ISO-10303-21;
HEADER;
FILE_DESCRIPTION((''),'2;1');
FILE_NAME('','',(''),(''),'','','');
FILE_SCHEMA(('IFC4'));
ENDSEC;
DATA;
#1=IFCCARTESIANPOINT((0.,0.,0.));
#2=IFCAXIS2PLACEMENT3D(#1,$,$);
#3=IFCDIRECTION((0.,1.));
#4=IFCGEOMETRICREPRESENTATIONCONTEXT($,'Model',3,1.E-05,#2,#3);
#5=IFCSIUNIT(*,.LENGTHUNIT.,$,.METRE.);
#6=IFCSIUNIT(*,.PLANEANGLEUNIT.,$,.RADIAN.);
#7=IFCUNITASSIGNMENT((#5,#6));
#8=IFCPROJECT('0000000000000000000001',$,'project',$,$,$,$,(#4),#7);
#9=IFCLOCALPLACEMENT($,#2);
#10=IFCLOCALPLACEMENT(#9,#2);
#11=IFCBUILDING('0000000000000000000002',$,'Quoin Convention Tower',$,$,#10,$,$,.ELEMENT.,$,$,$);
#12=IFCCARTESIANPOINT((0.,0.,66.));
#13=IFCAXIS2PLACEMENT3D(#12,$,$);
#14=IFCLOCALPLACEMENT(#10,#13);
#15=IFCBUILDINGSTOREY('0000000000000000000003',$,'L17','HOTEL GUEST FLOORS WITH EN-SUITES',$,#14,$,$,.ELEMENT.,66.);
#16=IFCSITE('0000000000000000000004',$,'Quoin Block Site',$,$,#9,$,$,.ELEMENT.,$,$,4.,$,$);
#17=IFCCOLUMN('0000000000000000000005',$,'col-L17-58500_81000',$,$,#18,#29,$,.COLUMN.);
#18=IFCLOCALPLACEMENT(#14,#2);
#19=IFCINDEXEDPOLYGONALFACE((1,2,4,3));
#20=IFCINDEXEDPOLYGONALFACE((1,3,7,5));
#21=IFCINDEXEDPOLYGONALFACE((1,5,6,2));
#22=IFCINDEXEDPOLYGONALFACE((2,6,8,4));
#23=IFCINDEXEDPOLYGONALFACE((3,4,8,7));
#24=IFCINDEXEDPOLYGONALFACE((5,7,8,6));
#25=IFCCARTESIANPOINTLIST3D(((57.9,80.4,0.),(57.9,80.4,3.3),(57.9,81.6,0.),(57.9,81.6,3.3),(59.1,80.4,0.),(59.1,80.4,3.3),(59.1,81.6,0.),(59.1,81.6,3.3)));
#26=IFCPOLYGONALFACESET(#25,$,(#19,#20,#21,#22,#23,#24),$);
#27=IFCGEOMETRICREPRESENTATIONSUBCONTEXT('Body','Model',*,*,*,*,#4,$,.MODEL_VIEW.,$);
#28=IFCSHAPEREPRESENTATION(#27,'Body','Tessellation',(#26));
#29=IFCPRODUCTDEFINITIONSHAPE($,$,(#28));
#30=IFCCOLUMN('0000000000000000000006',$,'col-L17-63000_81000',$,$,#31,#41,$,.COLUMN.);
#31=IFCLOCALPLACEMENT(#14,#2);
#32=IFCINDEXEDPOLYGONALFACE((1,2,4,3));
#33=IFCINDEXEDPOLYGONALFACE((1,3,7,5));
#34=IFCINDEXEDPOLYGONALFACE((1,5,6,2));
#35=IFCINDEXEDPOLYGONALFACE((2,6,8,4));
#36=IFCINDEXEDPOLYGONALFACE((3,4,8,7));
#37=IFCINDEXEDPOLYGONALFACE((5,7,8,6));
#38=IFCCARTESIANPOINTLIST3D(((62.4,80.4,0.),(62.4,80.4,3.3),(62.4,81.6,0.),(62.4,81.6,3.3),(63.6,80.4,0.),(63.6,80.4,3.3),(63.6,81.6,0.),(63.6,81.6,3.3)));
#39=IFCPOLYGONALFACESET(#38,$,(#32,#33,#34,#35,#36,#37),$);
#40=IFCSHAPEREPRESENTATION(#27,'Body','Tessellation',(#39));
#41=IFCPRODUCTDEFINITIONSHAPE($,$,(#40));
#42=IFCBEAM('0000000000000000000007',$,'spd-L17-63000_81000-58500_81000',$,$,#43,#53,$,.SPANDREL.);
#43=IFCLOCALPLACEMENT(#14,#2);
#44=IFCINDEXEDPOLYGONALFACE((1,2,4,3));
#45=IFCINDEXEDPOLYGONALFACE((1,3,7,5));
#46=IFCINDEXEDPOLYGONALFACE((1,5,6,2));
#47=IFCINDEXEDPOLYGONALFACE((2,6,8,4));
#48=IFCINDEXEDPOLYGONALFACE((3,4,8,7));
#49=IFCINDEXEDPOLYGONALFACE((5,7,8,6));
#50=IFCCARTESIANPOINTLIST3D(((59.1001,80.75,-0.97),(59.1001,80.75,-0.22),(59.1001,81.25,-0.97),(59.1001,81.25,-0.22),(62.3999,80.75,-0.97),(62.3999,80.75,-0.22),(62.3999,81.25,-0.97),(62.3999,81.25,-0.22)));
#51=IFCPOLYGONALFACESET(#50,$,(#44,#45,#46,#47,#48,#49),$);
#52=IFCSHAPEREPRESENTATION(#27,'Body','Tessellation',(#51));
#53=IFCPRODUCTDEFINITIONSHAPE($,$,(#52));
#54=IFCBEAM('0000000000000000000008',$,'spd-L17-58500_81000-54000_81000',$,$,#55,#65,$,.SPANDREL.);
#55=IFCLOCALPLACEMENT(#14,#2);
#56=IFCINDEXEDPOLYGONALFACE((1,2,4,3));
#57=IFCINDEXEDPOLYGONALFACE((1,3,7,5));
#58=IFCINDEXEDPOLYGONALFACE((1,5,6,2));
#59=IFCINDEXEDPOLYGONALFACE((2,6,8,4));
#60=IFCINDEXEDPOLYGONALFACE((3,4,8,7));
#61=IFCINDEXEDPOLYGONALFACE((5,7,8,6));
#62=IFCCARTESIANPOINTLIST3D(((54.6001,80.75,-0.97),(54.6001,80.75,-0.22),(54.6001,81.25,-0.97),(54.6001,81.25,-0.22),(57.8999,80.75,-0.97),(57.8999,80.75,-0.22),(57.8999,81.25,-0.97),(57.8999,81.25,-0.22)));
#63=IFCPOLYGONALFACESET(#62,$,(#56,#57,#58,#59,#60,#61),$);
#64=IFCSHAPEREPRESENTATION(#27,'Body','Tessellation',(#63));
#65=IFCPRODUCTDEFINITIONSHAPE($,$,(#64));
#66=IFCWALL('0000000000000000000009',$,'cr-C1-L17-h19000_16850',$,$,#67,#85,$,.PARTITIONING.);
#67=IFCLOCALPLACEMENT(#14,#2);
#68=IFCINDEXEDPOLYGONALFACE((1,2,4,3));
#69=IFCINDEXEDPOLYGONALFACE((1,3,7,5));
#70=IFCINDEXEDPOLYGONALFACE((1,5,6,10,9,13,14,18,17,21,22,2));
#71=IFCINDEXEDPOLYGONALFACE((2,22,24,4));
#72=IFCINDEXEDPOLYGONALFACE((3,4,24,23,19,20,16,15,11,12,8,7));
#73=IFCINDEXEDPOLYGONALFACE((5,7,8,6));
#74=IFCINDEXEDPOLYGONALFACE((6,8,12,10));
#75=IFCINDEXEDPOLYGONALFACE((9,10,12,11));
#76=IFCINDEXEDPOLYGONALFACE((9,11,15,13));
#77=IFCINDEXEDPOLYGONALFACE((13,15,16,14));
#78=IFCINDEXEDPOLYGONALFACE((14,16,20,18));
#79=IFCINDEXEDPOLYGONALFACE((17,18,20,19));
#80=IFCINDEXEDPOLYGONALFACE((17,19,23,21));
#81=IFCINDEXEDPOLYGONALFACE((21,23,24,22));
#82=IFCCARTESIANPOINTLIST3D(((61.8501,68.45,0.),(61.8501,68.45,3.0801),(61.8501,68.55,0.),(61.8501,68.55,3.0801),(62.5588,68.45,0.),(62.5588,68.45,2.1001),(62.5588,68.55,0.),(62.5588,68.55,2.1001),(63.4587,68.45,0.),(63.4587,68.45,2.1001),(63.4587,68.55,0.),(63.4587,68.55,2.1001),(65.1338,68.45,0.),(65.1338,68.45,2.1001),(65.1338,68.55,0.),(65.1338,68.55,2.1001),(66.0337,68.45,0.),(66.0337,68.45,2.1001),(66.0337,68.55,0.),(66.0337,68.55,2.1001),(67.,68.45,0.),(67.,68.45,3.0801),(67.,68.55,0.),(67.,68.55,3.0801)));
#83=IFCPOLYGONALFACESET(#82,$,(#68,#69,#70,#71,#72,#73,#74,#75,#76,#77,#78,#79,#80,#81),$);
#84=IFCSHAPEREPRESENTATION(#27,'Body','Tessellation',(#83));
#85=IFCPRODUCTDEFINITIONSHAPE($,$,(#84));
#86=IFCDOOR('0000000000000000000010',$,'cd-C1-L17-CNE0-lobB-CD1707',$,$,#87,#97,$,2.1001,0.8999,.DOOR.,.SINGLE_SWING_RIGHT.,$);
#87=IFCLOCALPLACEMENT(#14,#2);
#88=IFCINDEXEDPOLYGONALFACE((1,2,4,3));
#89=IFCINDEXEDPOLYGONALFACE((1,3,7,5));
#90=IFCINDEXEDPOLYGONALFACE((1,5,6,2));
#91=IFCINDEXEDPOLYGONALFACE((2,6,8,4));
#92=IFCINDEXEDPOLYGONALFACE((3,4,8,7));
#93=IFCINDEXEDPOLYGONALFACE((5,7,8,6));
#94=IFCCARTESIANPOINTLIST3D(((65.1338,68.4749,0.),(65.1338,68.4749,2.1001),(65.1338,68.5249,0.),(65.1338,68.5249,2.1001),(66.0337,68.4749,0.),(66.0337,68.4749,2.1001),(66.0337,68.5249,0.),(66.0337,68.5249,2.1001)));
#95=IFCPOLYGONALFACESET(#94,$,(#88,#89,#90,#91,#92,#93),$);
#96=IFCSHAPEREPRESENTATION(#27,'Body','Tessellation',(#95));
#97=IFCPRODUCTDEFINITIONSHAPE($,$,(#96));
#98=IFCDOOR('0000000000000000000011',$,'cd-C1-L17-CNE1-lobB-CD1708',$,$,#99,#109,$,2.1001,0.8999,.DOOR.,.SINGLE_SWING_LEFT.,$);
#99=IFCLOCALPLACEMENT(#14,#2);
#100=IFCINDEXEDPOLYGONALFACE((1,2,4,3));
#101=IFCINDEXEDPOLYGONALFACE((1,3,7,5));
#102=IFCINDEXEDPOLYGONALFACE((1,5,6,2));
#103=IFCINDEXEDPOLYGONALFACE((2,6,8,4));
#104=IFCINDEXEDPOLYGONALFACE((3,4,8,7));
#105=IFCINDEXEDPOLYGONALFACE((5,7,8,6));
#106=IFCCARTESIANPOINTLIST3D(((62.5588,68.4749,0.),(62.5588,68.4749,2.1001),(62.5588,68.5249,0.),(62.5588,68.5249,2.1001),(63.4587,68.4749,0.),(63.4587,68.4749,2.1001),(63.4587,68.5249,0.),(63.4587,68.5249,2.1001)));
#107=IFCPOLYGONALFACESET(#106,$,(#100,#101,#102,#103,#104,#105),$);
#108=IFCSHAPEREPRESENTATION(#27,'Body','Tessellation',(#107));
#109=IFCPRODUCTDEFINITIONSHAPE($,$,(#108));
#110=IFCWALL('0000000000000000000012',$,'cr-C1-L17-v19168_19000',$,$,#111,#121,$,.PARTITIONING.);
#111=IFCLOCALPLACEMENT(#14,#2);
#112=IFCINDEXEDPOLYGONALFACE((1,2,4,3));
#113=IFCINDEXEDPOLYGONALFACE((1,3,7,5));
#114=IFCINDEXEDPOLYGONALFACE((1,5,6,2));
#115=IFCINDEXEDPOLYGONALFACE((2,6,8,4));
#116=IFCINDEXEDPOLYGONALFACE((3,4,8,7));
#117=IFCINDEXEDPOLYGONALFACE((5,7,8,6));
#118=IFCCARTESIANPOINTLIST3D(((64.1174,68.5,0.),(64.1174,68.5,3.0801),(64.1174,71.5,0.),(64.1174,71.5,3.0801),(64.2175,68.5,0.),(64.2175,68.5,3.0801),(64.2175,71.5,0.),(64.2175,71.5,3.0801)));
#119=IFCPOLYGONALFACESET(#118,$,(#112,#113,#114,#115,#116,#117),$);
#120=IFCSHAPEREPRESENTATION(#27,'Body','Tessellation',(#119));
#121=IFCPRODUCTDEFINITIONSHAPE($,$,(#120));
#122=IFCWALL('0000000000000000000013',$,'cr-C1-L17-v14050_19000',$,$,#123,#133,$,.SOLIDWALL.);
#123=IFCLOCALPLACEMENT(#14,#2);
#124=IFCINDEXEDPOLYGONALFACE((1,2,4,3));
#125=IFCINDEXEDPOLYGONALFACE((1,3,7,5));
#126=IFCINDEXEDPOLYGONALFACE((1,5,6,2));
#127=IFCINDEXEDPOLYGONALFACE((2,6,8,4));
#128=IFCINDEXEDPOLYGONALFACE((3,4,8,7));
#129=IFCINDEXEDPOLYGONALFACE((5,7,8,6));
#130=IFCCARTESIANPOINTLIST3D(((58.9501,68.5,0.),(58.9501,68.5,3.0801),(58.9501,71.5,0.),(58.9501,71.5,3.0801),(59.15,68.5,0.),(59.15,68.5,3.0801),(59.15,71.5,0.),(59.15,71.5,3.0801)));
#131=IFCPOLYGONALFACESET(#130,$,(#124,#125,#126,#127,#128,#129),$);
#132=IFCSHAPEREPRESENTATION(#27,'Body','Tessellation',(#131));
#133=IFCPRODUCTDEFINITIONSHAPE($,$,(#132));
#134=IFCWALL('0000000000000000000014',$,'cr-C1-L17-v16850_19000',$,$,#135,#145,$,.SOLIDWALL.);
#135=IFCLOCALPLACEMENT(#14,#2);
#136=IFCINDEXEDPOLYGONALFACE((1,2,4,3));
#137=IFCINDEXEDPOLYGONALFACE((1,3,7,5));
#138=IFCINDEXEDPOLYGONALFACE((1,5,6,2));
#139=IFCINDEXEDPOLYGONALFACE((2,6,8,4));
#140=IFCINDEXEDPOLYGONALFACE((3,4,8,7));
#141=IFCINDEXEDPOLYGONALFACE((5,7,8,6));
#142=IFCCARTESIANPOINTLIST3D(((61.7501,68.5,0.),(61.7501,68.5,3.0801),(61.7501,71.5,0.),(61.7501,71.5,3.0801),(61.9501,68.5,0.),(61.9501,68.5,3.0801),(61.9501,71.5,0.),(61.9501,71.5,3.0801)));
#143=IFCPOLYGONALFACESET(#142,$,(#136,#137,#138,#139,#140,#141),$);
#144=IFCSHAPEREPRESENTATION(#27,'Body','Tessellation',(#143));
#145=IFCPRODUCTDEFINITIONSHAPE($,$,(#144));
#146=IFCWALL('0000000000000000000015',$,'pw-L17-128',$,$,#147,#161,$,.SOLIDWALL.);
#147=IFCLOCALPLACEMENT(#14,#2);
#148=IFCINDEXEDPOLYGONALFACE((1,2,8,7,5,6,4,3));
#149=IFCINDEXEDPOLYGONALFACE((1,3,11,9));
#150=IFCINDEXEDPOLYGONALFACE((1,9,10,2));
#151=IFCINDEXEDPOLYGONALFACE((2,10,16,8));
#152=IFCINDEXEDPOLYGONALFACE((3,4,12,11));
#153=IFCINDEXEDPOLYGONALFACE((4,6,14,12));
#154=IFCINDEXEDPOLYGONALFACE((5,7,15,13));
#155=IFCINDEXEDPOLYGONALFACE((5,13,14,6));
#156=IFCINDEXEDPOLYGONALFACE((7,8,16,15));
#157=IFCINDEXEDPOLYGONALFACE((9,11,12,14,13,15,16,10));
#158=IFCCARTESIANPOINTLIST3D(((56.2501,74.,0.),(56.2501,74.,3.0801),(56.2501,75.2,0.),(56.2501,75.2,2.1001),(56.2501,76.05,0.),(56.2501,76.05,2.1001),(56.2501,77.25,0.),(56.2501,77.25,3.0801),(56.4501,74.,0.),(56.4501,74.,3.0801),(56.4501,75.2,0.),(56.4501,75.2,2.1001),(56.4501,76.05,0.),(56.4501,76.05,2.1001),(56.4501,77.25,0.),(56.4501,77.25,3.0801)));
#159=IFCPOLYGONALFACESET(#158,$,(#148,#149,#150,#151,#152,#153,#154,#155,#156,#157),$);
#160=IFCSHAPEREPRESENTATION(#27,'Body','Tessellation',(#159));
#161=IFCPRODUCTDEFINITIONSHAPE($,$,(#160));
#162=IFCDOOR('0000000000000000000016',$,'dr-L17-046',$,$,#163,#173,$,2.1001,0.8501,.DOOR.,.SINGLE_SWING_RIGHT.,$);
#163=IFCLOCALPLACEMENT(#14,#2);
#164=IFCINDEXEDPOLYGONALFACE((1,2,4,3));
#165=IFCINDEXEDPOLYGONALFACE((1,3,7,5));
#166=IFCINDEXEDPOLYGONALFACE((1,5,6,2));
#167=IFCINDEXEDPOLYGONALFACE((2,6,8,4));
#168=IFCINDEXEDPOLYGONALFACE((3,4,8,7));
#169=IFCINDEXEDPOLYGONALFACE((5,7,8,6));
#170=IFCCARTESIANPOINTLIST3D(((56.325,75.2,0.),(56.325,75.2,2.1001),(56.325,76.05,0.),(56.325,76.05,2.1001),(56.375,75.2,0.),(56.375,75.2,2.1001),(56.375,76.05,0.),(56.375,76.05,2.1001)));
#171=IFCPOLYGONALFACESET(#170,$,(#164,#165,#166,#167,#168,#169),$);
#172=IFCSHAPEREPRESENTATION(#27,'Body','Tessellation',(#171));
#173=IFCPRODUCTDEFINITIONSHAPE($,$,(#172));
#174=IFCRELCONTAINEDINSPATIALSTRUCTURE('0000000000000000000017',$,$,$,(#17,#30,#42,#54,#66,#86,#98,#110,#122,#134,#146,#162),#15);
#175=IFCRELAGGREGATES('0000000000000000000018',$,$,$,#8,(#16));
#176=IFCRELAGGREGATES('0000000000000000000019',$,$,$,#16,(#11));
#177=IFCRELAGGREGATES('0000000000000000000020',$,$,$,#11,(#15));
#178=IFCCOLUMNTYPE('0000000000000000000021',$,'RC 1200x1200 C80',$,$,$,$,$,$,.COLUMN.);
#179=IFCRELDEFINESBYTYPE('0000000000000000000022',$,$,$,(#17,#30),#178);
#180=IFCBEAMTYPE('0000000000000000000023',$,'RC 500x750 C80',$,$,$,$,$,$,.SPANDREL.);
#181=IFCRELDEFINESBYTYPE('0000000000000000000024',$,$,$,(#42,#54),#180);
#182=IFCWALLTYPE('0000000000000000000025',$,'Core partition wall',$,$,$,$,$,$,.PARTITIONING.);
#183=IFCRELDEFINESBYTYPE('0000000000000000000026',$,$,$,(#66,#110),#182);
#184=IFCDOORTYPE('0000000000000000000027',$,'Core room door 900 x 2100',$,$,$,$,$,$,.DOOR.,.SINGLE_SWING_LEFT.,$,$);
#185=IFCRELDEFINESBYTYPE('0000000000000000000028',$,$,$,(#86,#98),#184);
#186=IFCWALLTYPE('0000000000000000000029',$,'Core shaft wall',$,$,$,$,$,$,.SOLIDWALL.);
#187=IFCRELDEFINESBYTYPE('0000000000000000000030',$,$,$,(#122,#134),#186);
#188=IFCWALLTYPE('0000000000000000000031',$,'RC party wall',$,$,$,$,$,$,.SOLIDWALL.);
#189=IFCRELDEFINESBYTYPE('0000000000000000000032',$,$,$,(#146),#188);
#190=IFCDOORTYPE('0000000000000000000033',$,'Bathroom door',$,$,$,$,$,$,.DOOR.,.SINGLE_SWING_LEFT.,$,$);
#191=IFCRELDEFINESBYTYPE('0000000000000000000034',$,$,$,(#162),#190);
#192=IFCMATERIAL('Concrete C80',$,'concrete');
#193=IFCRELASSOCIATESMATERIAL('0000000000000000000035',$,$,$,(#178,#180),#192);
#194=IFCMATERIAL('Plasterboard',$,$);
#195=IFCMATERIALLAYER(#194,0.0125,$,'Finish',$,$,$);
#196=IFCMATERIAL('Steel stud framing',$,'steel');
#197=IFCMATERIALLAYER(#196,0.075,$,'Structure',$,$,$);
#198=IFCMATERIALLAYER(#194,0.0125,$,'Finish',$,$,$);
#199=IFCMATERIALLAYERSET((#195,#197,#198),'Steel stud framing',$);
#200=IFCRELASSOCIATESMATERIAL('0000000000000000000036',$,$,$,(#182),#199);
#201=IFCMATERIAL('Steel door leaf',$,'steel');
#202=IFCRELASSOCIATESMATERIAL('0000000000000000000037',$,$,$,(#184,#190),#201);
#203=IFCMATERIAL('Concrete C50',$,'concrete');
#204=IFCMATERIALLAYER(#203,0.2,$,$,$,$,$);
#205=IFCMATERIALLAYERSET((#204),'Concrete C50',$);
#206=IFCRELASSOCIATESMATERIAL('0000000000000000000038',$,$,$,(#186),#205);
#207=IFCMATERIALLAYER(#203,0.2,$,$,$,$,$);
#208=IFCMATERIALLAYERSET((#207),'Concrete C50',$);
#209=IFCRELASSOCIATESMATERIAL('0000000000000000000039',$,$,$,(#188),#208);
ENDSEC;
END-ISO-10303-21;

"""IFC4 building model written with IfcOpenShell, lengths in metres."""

from ifc_helpers import new_model, si_unit, direction, frame, frame_2d, origin, origin_2d, place, context, subcontext, project, spatial, rectangle, extrude, material, layer, layer_set, material_profile, profile_set, type_object, element, fill, save


model = new_model("IFC4")

# Units and contexts
model_context = context("Model", 3, precision=1e-05, world=origin(), true_north=direction((0.0, 1.0)))
body_context = subcontext(model_context, "Body", "Model", "MODEL_VIEW")
ifc_project = project(units=[si_unit("LENGTHUNIT", "METRE"), si_unit("PLANEANGLEUNIT", "RADIAN")], contexts=[model_context])

# Site, building, storey
site_placement = place(None, origin())
site = spatial("IfcSite", under=ifc_project, at=site_placement, Name="Quoin Block Site", CompositionType="ELEMENT", RefElevation=4.0)
building_placement = place(site_placement, origin())
building = spatial("IfcBuilding", under=site, at=building_placement, Name="Quoin Convention Tower", CompositionType="ELEMENT")
storey_placement = place(building_placement, frame((0.0, 0.0, 66.0)))
storey = spatial("IfcBuildingStorey", under=building, at=storey_placement, Name="L17", Description="HOTEL GUEST FLOORS WITH EN-SUITES", CompositionType="ELEMENT", Elevation=66.0)

# Columns
ifc_material_1 = material(Name="Concrete C80", Category="concrete")
ifc_material_profile_1 = material_profile(ifc_material_1, rectangle(XDim=1.2, YDim=1.2, at=origin_2d()), Name="RC 1200x1200")
ifc_profile_set_1 = profile_set([ifc_material_profile_1], Name="Concrete C80")
column_type = type_object("IfcColumnType", Name="RC 1200x1200 C80", PredefinedType="COLUMN", material=ifc_profile_set_1)
for number, where, z_axis, x_axis, name in (
    (1, (58.5, 81.0, 0.0), (0.0, 0.0, 1.0), (1.0, 0.0, 0.0), "col-L17-58500_81000"),
    (2, (63.0, 81.0, 0.0), (0.0, 0.0, 1.0), (1.0, 0.0, 0.0), "col-L17-63000_81000"),
):
    element("IfcColumn", number, at=place(storey_placement, frame(where, z_axis=z_axis, x_axis=x_axis)), inside=storey, type_object=column_type, Name=name, PredefinedType="COLUMN", context=body_context, shape_type="SweptSolid", body=[
        extrude(rectangle(XDim=1.2, YDim=1.2, at=origin_2d()), origin(), (0.0, 0.0, 1.0), 3.3),
    ])

# Beams
ifc_material_profile_2 = material_profile(ifc_material_1, rectangle(XDim=0.5, YDim=0.75, at=origin_2d()), Name="RC 500x750")
ifc_profile_set_2 = profile_set([ifc_material_profile_2], Name="Concrete C80")
beam_type = type_object("IfcBeamType", Name="RC 500x750 C80", PredefinedType="SPANDREL", material=ifc_profile_set_2)
for number, where, z_axis, x_axis, name in (
    (3, (62.3999, 81.0, -0.595), (-1.0, 0.0, 0.0), (0.0, -1.0, 0.0), "spd-L17-63000_81000-58500_81000"),
    (4, (57.8999, 81.0, -0.595), (-1.0, 0.0, 0.0), (0.0, -1.0, 0.0), "spd-L17-58500_81000-54000_81000"),
):
    element("IfcBeam", number, at=place(storey_placement, frame(where, z_axis=z_axis, x_axis=x_axis)), inside=storey, type_object=beam_type, Name=name, PredefinedType="SPANDREL", context=body_context, shape_type="SweptSolid", body=[
        extrude(rectangle(XDim=0.5, YDim=0.75, at=origin_2d()), origin(), (0.0, 0.0, 1.0), 3.2998),
    ])

# Wall, openings, doors
ifc_material_2 = material(Name="Plasterboard")
ifc_layer_1 = layer(ifc_material_2, 0.0125, Name="Finish")
ifc_material_3 = material(Name="Steel stud framing", Category="steel")
ifc_layer_2 = layer(ifc_material_3, 0.075, Name="Structure")
ifc_layer_3 = layer(ifc_material_2, 0.0125, Name="Finish")
ifc_layer_set_1 = layer_set([ifc_layer_1, ifc_layer_2, ifc_layer_3], Name="Steel stud framing")
wall_type_1 = type_object("IfcWallType", Name="Core partition wall", PredefinedType="PARTITIONING", material=ifc_layer_set_1)
wall_1_placement = place(storey_placement, frame((61.8501, 68.5, 0.0), z_axis=(0.0, 0.0, 1.0), x_axis=(1.0, 0.0, 0.0)))
wall_1 = element("IfcWall", 5, at=wall_1_placement, inside=storey, type_object=wall_type_1, Name="cr-C1-L17-h19000_16850", PredefinedType="PARTITIONING", context=body_context, shape_type="SweptSolid", body=[
    extrude(rectangle(XDim=5.1499, YDim=0.1001, at=frame_2d((2.575, 0.0))), origin(), (0.0, 0.0, 1.0), 3.0801),
])
opening_1_placement = place(wall_1_placement, frame((3.2837, 0.0, 0.0)))
opening_1 = element("IfcOpeningElement", 6, at=opening_1_placement, cuts=wall_1, PredefinedType="OPENING", context=body_context, shape_type="SweptSolid", body=[
    extrude(rectangle(XDim=0.8999, YDim=2.1001, at=frame_2d((0.45, 1.05))), frame((0.0, 0.0601, 0.0), z_axis=(0.0, -1.0, 0.0), x_axis=(1.0, 0.0, 0.0)), (0.0, 0.0, 1.0), 0.1201),
])
opening_2_placement = place(wall_1_placement, frame((0.7087, 0.0, 0.0)))
opening_2 = element("IfcOpeningElement", 7, at=opening_2_placement, cuts=wall_1, PredefinedType="OPENING", context=body_context, shape_type="SweptSolid", body=[
    extrude(rectangle(XDim=0.8999, YDim=2.1001, at=frame_2d((0.45, 1.05))), frame((0.0, 0.0601, 0.0), z_axis=(0.0, -1.0, 0.0), x_axis=(1.0, 0.0, 0.0)), (0.0, 0.0, 1.0), 0.1201),
])
ifc_material_4 = material(Name="Steel door leaf", Category="steel")
door_type_1 = type_object("IfcDoorType", Name="Core room door 900 x 2100", OperationType="SINGLE_SWING_LEFT", PredefinedType="DOOR", material=ifc_material_4)
door_1_placement = place(opening_1_placement, origin())
door_1 = element("IfcDoor", 8, at=door_1_placement, inside=storey, type_object=door_type_1, Name="cd-C1-L17-CNE0-lobB-CD1707", OperationType="SINGLE_SWING_RIGHT", OverallHeight=2.1001, OverallWidth=0.8999, PredefinedType="DOOR", context=body_context, shape_type="SweptSolid", body=[
    extrude(rectangle(XDim=0.8999, YDim=2.1001, at=frame_2d((0.45, 1.05))), frame((0.0, 0.0249, 0.0), z_axis=(0.0, -1.0, 0.0), x_axis=(1.0, 0.0, 0.0)), (0.0, 0.0, 1.0), 0.05),
])
fill(opening_1, door_1)
door_2_placement = place(opening_2_placement, origin())
door_2 = element("IfcDoor", 9, at=door_2_placement, inside=storey, type_object=door_type_1, Name="cd-C1-L17-CNE1-lobB-CD1708", OperationType="SINGLE_SWING_LEFT", OverallHeight=2.1001, OverallWidth=0.8999, PredefinedType="DOOR", context=body_context, shape_type="SweptSolid", body=[
    extrude(rectangle(XDim=0.8999, YDim=2.1001, at=frame_2d((0.45, 1.05))), frame((0.0, 0.0249, 0.0), z_axis=(0.0, -1.0, 0.0), x_axis=(1.0, 0.0, 0.0)), (0.0, 0.0, 1.0), 0.05),
])
fill(opening_2, door_2)

# Walls
wall_2_placement = place(storey_placement, frame((64.1675, 68.5, 0.0), z_axis=(0.0, 0.0, 1.0), x_axis=(0.0, 1.0, 0.0)))
element("IfcWall", 10, at=wall_2_placement, inside=storey, type_object=wall_type_1, Name="cr-C1-L17-v19168_19000", PredefinedType="PARTITIONING", context=body_context, shape_type="SweptSolid", body=[
    extrude(rectangle(XDim=3.0, YDim=0.1001, at=frame_2d((1.5, 0.0))), origin(), (0.0, 0.0, 1.0), 3.0801),
])
ifc_material_5 = material(Name="Concrete C50", Category="concrete")
ifc_layer_4 = layer(ifc_material_5, 0.2)
ifc_layer_set_2 = layer_set([ifc_layer_4], Name="Concrete C50")
wall_type_2 = type_object("IfcWallType", Name="Core shaft wall", PredefinedType="SOLIDWALL", material=ifc_layer_set_2)
for number, where, z_axis, x_axis, name in (
    (11, (59.05, 68.5, 0.0), (0.0, 0.0, 1.0), (0.0, 1.0, 0.0), "cr-C1-L17-v14050_19000"),
    (12, (61.8501, 68.5, 0.0), (0.0, 0.0, 1.0), (0.0, 1.0, 0.0), "cr-C1-L17-v16850_19000"),
):
    element("IfcWall", number, at=place(storey_placement, frame(where, z_axis=z_axis, x_axis=x_axis)), inside=storey, type_object=wall_type_2, Name=name, PredefinedType="SOLIDWALL", context=body_context, shape_type="SweptSolid", body=[
        extrude(rectangle(XDim=3.0, YDim=0.2, at=frame_2d((1.5, 0.0))), origin(), (0.0, 0.0, 1.0), 3.0801),
    ])

# Wall, opening, door
ifc_layer_5 = layer(ifc_material_5, 0.2)
ifc_layer_set_3 = layer_set([ifc_layer_5], Name="Concrete C50")
wall_type_3 = type_object("IfcWallType", Name="RC party wall", PredefinedType="SOLIDWALL", material=ifc_layer_set_3)
wall_3_placement = place(storey_placement, frame((56.3501, 74.0, 0.0), z_axis=(0.0, 0.0, 1.0), x_axis=(0.0, 1.0, 0.0)))
wall_3 = element("IfcWall", 13, at=wall_3_placement, inside=storey, type_object=wall_type_3, Name="pw-L17-128", PredefinedType="SOLIDWALL", context=body_context, shape_type="SweptSolid", body=[
    extrude(rectangle(XDim=3.25, YDim=0.2, at=frame_2d((1.625, 0.0))), origin(), (0.0, 0.0, 1.0), 3.0801),
])
opening_3_placement = place(wall_3_placement, frame((1.2, 0.0, 0.0)))
opening_3 = element("IfcOpeningElement", 14, at=opening_3_placement, cuts=wall_3, PredefinedType="OPENING", context=body_context, shape_type="SweptSolid", body=[
    extrude(rectangle(XDim=0.8501, YDim=2.1001, at=frame_2d((0.425, 1.05))), frame((0.0, 0.1099, 0.0), z_axis=(0.0, -1.0, 0.0), x_axis=(1.0, 0.0, 0.0)), (0.0, 0.0, 1.0), 0.22),
])
door_type_2 = type_object("IfcDoorType", Name="Bathroom door", OperationType="SINGLE_SWING_LEFT", PredefinedType="DOOR", material=ifc_material_4)
door_3_placement = place(opening_3_placement, frame((0.8501, 0.0, 0.0), z_axis=(0.0, 0.0, 1.0), x_axis=(-1.0, 0.0, 0.0)))
door_3 = element("IfcDoor", 15, at=door_3_placement, inside=storey, type_object=door_type_2, Name="dr-L17-046", OperationType="SINGLE_SWING_RIGHT", OverallHeight=2.1001, OverallWidth=0.8501, PredefinedType="DOOR", context=body_context, shape_type="SweptSolid", body=[
    extrude(rectangle(XDim=0.8501, YDim=2.1001, at=frame_2d((0.425, 1.05))), frame((0.0, 0.0249, 0.0), z_axis=(0.0, -1.0, 0.0), x_axis=(1.0, 0.0, 0.0)), (0.0, 0.0, 1.0), 0.05),
])
fill(opening_3, door_3)

save(model, "model.ifc")
